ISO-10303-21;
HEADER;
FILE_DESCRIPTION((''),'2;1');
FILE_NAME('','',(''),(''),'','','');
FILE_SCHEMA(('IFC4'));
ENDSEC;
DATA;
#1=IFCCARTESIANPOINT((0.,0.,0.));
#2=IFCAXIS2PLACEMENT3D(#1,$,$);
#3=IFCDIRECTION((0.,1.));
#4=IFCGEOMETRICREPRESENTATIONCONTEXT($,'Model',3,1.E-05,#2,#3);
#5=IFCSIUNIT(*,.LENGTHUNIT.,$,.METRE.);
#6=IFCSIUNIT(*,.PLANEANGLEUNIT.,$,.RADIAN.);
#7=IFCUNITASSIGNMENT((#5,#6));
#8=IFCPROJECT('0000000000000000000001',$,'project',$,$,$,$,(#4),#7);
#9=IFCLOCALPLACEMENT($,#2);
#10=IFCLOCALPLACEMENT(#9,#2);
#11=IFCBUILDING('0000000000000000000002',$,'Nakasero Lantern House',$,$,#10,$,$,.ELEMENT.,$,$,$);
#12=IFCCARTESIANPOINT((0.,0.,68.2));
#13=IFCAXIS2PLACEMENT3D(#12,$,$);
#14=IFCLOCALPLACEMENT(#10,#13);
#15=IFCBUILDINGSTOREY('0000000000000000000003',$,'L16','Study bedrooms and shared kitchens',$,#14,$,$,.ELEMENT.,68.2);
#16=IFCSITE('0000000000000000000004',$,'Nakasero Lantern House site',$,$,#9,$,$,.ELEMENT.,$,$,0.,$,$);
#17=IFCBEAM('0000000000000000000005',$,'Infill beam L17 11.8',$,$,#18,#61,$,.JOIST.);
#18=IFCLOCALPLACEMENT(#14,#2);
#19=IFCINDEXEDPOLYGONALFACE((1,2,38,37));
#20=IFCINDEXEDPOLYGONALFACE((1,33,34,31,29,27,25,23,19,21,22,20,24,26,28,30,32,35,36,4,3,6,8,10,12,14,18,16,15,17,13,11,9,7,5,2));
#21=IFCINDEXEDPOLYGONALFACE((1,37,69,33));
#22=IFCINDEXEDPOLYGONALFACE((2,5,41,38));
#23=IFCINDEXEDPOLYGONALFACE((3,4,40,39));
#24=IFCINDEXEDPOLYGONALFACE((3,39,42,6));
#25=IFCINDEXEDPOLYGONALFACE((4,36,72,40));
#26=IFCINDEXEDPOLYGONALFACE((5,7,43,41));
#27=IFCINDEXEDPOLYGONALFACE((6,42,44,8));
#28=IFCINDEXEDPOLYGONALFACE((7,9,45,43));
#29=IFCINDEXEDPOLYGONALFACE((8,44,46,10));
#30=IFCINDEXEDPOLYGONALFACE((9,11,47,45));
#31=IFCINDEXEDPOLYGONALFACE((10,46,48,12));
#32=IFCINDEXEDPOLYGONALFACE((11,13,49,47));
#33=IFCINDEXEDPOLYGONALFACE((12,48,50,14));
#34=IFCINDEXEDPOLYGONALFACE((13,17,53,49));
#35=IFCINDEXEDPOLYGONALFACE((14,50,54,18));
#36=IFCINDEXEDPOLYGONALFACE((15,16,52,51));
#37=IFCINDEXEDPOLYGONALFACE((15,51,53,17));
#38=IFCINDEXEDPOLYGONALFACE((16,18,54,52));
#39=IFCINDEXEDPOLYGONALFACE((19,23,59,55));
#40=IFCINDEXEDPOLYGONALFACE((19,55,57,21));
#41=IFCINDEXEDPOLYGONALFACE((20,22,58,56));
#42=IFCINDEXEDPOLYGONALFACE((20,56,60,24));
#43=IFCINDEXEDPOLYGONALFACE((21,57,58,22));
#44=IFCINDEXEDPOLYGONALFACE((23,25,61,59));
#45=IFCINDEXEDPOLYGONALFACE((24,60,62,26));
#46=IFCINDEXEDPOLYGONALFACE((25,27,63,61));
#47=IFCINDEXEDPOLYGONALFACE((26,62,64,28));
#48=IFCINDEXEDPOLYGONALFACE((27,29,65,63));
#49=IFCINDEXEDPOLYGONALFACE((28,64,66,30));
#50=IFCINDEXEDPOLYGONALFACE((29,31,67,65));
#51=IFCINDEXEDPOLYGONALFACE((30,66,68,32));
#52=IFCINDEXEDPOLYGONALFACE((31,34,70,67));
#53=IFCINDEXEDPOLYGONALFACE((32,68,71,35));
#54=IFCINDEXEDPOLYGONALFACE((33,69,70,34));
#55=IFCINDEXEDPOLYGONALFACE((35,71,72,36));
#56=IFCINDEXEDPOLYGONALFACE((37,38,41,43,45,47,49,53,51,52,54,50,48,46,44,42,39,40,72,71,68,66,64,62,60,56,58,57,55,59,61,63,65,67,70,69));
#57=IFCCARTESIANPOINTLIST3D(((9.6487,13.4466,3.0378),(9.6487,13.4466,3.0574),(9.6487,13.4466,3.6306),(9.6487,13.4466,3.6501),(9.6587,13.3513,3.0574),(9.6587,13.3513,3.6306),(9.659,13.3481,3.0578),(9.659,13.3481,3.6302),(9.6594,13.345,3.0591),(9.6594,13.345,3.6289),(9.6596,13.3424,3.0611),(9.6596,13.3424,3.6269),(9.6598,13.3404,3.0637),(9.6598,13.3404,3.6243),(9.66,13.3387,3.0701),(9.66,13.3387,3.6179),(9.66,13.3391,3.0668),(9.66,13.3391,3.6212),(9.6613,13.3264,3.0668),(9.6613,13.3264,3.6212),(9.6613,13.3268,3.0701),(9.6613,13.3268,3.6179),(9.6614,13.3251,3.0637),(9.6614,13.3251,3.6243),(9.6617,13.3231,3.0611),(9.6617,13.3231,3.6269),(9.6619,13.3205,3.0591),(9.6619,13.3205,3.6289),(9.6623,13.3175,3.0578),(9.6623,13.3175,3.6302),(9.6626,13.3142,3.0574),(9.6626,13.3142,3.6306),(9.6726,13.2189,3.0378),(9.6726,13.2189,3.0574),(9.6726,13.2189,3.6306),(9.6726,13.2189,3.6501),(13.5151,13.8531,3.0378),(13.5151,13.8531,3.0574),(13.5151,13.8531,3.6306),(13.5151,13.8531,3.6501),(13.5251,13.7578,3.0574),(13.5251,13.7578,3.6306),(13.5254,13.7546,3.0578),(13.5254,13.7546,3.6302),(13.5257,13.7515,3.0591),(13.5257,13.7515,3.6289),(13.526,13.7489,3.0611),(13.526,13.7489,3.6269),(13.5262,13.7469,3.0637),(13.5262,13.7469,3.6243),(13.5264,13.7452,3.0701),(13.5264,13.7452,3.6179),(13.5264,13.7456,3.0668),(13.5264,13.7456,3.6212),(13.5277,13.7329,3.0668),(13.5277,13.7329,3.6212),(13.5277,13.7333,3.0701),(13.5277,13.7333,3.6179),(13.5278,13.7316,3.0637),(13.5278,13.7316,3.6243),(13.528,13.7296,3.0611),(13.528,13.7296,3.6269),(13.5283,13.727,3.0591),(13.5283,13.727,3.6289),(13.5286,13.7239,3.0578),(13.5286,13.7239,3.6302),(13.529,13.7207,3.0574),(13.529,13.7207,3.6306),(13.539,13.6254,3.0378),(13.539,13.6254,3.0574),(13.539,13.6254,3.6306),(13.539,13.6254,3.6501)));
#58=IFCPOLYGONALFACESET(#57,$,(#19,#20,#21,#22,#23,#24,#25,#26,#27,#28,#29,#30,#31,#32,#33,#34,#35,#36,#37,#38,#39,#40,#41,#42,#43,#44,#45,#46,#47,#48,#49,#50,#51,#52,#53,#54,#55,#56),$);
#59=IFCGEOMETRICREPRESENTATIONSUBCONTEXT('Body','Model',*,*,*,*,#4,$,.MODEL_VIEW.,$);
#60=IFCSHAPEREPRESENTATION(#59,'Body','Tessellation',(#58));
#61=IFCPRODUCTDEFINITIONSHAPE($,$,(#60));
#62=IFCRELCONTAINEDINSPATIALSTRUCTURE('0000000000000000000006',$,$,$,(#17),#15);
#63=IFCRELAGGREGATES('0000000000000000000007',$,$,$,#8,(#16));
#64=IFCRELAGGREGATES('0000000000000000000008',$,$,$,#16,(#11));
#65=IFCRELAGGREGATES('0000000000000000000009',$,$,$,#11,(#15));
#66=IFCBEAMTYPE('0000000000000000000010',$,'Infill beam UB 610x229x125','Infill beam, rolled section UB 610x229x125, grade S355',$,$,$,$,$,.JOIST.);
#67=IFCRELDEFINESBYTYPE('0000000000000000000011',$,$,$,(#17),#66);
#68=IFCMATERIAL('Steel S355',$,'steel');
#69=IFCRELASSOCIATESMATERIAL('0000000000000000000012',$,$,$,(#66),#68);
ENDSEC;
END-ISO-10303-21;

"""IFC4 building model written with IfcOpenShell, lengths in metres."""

from ifc_helpers import new_model, si_unit, direction, frame, origin, origin_2d, place, context, subcontext, project, spatial, i_section, extrude, material, material_profile, profile_set, type_object, element, save


model = new_model("IFC4")

# Units and contexts
model_context = context("Model", 3, precision=1e-05, world=origin(), true_north=direction((0.0, 1.0)))
body_context = subcontext(model_context, "Body", "Model", "MODEL_VIEW")
ifc_project = project(units=[si_unit("LENGTHUNIT", "METRE"), si_unit("PLANEANGLEUNIT", "RADIAN")], contexts=[model_context])

# Site, building, storey
site_placement = place(None, origin())
site = spatial("IfcSite", under=ifc_project, at=site_placement, Name="Nakasero Lantern House site", CompositionType="ELEMENT", RefElevation=0.0)
building_placement = place(site_placement, origin())
building = spatial("IfcBuilding", under=site, at=building_placement, Name="Nakasero Lantern House", CompositionType="ELEMENT")
storey_placement = place(building_placement, frame((0.0, 0.0, 68.2)))
storey = spatial("IfcBuildingStorey", under=building, at=storey_placement, Name="L16", Description="Study bedrooms and shared kitchens", CompositionType="ELEMENT", Elevation=68.2)

# Beam
ifc_material_1 = material(Name="Steel S355", Category="steel")
ifc_material_profile_1 = material_profile(ifc_material_1, i_section(OverallWidth=0.229, OverallDepth=0.6123, WebThickness=0.012, FlangeThickness=0.0195, FilletRadius=0.0127, at=origin_2d()), Name="UB 610x229x125")
ifc_profile_set_1 = profile_set([ifc_material_profile_1], Name="Steel S355")
beam_type_1 = type_object("IfcBeamType", Name="Infill beam UB 610x229x125", Description="Infill beam, rolled section UB 610x229x125, grade S355", PredefinedType="JOIST", material=ifc_profile_set_1)
beam_1_placement = place(storey_placement, frame((9.6606, 13.3328, 3.344), z_axis=(0.994519, 0.104557, 0.0), x_axis=(-0.104557, 0.994519, 0.0)))
element("IfcBeam", 1, at=beam_1_placement, inside=storey, type_object=beam_type_1, Name="Infill beam L17 11.8", PredefinedType="JOIST", context=body_context, shape_type="SweptSolid", body=[
    extrude(i_section(OverallWidth=0.229, OverallDepth=0.6123, WebThickness=0.012, FlangeThickness=0.0195, FilletRadius=0.0127, at=origin_2d()), origin(), (0.0, 0.0, 1.0), 3.8877),
])

save(model, "model.ifc")
